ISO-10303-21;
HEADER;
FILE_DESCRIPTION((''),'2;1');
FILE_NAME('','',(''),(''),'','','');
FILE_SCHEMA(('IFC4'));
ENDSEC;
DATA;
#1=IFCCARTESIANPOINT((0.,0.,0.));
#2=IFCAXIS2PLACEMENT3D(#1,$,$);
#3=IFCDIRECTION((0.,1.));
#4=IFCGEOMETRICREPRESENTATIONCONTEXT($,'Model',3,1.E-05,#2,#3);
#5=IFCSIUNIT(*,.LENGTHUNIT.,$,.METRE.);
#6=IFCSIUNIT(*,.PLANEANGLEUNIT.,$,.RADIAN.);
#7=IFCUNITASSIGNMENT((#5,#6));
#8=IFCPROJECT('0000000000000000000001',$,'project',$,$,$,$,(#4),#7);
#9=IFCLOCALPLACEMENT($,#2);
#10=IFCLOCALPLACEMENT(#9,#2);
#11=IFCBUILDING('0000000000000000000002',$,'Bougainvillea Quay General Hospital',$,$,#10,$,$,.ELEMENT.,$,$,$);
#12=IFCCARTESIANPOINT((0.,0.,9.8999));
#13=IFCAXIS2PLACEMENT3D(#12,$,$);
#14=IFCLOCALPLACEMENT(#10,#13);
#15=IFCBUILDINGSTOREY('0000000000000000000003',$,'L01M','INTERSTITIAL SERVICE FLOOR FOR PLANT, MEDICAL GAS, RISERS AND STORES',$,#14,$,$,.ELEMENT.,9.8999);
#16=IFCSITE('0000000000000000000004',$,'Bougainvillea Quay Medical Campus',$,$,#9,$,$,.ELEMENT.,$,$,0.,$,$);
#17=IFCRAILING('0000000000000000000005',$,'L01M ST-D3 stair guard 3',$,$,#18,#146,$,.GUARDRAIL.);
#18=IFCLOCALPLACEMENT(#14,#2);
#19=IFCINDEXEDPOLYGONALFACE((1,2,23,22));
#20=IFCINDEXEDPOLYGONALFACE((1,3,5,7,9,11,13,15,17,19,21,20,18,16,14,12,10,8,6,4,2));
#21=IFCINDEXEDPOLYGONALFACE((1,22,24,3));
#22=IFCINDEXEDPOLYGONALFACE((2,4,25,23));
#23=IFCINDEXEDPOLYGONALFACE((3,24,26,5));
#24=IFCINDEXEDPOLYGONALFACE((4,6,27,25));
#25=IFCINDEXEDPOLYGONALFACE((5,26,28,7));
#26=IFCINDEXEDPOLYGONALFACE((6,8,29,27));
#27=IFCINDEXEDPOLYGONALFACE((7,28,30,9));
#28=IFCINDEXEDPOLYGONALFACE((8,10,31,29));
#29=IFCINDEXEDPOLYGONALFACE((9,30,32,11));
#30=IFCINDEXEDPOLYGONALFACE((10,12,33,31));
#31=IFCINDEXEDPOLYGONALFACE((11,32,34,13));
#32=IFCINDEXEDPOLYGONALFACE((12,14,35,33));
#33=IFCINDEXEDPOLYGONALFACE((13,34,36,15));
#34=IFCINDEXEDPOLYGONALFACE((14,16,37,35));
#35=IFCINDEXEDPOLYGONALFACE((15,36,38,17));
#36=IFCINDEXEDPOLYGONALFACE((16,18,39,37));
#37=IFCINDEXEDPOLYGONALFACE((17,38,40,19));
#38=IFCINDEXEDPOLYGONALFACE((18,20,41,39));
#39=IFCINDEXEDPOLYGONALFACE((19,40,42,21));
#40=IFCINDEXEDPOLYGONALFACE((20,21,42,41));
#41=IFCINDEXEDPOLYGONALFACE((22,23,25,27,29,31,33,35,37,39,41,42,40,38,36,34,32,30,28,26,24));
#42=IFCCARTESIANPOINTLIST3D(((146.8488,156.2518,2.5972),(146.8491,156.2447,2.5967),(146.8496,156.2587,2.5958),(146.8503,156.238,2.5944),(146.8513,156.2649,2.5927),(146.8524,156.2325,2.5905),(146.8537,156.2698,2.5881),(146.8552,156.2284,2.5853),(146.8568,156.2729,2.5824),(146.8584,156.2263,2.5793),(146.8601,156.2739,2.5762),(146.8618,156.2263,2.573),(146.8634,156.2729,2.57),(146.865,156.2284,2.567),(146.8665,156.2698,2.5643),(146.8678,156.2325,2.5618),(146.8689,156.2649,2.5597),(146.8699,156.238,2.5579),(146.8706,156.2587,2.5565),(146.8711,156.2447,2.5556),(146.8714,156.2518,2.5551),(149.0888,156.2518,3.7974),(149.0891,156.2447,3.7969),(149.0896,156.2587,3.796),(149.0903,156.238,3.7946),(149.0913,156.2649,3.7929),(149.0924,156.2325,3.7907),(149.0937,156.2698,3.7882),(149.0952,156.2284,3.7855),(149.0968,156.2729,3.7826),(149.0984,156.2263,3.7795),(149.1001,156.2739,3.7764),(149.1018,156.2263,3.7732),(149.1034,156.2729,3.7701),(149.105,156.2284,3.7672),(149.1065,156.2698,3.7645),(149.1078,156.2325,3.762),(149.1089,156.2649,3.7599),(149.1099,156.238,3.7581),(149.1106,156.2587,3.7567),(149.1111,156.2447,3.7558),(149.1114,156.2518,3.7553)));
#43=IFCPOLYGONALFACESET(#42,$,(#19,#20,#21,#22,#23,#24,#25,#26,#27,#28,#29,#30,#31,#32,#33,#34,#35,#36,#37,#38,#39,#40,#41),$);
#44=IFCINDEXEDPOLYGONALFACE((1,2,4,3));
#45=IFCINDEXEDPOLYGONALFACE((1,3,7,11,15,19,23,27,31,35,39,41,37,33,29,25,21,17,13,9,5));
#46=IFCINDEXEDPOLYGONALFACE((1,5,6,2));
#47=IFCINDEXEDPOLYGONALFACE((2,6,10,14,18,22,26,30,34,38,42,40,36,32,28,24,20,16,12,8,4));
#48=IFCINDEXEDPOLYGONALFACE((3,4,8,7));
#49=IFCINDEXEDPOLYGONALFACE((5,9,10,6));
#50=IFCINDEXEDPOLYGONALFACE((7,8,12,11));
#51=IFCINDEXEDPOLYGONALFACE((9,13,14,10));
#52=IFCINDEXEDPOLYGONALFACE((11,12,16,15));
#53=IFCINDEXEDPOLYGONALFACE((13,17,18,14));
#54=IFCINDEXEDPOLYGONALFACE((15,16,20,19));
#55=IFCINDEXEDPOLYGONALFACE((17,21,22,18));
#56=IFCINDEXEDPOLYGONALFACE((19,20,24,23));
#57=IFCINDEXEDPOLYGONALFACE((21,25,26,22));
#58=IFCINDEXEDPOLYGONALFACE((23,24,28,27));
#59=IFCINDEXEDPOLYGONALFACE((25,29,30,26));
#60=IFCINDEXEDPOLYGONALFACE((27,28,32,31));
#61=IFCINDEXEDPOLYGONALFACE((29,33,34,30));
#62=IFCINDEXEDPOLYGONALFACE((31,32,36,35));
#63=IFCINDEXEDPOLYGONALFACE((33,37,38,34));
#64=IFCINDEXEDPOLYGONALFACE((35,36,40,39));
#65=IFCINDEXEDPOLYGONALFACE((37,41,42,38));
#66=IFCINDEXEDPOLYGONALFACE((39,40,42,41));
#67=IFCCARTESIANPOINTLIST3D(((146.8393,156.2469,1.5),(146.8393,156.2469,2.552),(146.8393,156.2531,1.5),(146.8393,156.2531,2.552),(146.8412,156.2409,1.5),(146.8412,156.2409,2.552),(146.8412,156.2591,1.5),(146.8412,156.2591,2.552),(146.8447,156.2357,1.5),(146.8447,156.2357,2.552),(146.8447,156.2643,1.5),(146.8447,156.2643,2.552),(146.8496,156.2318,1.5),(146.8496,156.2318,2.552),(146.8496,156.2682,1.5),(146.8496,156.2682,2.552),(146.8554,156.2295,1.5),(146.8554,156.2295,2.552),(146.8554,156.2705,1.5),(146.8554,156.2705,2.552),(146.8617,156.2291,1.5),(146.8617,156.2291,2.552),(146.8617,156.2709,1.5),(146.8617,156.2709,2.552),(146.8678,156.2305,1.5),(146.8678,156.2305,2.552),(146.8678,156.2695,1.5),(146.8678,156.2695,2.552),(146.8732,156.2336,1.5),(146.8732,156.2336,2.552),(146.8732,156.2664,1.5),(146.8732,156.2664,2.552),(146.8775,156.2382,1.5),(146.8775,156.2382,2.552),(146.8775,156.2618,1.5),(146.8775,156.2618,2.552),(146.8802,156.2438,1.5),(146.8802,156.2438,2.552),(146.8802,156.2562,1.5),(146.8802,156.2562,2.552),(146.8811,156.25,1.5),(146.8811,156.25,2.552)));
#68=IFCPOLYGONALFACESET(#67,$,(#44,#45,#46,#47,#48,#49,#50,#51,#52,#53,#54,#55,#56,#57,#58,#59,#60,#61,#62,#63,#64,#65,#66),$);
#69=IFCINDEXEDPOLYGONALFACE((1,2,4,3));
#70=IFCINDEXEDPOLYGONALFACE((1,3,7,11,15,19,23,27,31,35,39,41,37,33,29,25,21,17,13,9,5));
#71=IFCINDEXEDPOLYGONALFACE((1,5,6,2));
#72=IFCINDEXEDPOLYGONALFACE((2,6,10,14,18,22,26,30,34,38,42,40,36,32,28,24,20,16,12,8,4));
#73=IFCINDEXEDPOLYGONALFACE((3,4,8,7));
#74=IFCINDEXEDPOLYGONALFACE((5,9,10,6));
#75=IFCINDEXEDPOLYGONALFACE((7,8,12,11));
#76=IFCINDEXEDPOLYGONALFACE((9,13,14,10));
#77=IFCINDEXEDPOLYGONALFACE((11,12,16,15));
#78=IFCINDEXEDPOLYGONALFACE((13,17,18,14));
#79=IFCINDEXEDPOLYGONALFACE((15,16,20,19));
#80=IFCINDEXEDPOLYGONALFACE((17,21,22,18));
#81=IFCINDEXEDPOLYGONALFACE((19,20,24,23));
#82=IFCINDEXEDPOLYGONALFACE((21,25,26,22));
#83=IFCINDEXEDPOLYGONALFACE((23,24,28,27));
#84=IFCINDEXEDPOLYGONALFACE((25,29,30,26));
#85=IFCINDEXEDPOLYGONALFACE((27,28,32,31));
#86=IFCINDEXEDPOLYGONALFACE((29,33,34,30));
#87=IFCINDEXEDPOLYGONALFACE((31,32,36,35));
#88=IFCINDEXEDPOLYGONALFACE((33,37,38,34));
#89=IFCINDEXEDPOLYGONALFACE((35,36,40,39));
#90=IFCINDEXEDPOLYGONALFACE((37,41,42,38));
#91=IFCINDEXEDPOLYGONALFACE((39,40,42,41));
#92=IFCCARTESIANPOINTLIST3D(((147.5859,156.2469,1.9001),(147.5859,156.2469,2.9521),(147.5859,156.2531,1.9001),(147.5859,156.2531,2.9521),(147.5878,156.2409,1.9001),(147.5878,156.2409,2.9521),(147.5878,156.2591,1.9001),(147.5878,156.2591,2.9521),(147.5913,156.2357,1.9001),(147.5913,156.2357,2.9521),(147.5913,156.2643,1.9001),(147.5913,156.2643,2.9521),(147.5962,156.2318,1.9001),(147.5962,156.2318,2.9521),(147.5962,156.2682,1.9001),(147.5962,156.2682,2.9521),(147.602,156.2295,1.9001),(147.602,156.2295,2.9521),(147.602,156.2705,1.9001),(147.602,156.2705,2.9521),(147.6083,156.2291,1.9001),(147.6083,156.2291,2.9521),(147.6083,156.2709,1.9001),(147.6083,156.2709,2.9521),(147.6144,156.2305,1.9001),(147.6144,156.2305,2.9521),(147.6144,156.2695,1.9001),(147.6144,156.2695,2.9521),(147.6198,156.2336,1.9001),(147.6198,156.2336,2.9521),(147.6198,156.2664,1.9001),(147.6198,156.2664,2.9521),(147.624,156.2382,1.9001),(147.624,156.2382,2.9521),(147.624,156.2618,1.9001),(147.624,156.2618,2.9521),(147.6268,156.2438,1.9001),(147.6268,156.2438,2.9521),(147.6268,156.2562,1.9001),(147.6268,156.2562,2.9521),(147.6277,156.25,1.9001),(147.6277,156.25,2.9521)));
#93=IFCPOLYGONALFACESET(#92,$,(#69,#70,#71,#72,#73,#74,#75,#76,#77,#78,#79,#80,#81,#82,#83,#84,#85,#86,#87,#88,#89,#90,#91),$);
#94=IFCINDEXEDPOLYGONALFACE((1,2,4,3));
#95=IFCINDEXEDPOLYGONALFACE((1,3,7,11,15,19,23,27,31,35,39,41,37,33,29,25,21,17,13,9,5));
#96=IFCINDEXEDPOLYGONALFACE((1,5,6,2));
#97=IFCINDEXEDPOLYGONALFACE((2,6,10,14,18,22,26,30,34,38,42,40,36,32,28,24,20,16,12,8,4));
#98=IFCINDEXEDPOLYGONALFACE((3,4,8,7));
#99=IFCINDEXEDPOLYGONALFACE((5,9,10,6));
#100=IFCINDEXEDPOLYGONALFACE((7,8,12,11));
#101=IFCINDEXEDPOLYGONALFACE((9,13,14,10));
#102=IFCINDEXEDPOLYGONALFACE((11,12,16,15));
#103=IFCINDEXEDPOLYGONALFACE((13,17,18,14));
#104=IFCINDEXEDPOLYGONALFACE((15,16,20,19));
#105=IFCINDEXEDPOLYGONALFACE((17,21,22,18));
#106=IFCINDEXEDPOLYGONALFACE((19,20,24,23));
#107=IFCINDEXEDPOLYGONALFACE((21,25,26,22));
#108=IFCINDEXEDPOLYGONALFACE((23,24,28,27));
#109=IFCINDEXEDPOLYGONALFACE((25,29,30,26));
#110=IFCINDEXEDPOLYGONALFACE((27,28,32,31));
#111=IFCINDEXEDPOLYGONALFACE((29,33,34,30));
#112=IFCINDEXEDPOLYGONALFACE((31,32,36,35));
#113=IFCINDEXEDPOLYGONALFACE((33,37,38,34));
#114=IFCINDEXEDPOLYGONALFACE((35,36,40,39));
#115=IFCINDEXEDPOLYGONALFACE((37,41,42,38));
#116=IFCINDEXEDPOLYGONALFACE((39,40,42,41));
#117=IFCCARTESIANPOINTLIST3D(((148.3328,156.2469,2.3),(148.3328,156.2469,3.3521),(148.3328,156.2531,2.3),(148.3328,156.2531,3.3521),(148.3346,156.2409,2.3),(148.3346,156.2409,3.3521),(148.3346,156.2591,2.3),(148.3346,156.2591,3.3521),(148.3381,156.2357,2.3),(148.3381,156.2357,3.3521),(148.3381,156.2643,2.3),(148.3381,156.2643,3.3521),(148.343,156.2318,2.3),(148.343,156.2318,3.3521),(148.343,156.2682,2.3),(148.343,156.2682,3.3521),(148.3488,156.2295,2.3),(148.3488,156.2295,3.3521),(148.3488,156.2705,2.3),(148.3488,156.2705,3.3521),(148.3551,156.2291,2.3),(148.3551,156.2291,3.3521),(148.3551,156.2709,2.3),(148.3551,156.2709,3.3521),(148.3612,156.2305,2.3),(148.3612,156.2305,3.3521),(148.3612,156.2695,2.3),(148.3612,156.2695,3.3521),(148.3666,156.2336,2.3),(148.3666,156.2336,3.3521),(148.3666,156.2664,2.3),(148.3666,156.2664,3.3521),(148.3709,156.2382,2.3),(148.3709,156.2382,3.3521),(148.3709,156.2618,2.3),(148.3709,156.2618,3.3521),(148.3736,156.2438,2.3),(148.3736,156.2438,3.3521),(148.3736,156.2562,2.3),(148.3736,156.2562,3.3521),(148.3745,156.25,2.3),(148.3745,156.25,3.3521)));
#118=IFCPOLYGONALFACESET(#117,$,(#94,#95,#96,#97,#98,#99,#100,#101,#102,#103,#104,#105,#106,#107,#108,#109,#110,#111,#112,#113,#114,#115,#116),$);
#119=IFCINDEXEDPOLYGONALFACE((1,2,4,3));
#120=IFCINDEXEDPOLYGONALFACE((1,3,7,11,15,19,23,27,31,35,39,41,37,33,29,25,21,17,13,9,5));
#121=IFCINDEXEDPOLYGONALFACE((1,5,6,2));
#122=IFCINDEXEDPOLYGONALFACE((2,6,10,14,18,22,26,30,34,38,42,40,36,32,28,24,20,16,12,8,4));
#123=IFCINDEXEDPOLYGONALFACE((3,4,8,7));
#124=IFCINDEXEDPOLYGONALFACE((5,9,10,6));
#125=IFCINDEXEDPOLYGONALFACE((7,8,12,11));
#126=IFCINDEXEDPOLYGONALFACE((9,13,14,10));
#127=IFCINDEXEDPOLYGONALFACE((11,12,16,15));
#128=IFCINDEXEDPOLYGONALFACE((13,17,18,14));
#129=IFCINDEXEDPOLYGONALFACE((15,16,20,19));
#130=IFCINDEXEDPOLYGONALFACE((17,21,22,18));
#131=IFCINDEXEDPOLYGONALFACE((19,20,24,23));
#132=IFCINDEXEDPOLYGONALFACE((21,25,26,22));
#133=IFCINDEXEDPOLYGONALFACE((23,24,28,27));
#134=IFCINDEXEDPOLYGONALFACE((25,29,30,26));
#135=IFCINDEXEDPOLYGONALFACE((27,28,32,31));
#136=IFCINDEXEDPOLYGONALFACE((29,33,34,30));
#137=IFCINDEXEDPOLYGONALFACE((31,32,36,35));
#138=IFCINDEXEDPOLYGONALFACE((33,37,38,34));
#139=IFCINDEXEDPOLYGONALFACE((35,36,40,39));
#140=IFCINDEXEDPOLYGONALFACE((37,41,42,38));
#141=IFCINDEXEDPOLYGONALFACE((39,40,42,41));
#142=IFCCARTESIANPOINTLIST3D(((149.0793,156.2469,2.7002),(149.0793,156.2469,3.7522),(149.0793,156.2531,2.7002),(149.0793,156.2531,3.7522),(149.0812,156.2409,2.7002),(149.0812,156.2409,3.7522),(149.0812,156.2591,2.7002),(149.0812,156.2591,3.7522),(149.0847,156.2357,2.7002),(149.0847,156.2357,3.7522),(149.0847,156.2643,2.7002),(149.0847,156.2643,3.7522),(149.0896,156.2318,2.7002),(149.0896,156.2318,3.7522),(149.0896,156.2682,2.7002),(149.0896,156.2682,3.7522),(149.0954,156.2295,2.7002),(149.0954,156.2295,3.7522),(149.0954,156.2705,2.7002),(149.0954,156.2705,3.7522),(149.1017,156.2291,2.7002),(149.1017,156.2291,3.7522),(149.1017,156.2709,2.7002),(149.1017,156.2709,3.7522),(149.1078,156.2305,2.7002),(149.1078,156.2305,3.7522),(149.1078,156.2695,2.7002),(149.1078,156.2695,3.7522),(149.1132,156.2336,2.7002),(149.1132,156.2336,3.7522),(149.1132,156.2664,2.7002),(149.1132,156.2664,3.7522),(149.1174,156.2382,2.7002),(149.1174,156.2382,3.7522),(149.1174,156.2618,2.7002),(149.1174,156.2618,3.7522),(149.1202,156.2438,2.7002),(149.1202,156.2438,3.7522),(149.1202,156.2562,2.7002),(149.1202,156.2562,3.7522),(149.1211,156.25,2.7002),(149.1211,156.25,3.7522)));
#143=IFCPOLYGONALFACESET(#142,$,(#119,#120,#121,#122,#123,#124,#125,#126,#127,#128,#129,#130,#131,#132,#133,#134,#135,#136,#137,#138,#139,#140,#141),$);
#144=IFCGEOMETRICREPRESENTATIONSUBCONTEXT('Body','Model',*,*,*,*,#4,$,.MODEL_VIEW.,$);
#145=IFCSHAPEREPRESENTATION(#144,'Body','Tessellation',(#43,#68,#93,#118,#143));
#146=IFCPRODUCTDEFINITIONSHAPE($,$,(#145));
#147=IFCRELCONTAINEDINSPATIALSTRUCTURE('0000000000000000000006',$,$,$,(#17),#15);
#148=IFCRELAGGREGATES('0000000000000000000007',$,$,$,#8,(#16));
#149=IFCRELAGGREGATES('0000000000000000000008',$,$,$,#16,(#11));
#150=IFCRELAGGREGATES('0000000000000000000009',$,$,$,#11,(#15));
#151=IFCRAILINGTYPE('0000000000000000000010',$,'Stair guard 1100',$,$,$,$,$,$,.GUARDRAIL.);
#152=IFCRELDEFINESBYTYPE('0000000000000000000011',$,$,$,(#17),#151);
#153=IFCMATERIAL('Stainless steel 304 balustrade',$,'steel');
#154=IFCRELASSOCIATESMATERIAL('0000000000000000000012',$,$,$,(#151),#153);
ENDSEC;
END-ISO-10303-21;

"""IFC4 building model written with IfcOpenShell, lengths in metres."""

from ifc_helpers import new_model, si_unit, direction, frame, origin, origin_2d, place, context, subcontext, project, spatial, circle, extrude, material, type_object, element, save


model = new_model("IFC4")

# Units and contexts
model_context = context("Model", 3, precision=1e-05, world=origin(), true_north=direction((0.0, 1.0)))
body_context = subcontext(model_context, "Body", "Model", "MODEL_VIEW")
ifc_project = project(units=[si_unit("LENGTHUNIT", "METRE"), si_unit("PLANEANGLEUNIT", "RADIAN")], contexts=[model_context])

# Site, building, storey
site_placement = place(None, origin())
site = spatial("IfcSite", under=ifc_project, at=site_placement, Name="Bougainvillea Quay Medical Campus", CompositionType="ELEMENT", RefElevation=0.0)
building_placement = place(site_placement, origin())
building = spatial("IfcBuilding", under=site, at=building_placement, Name="Bougainvillea Quay General Hospital", CompositionType="ELEMENT")
storey_placement = place(building_placement, frame((0.0, 0.0, 9.8999)))
storey = spatial("IfcBuildingStorey", under=building, at=storey_placement, Name="L01M", Description="INTERSTITIAL SERVICE FLOOR FOR PLANT, MEDICAL GAS, RISERS AND STORES", CompositionType="ELEMENT", Elevation=9.8999)

# Railing
ifc_material_1 = material(Name="Stainless steel 304 balustrade", Category="steel")
railing_type_1 = type_object("IfcRailingType", Name="Stair guard 1100", PredefinedType="GUARDRAIL", material=ifc_material_1)
railing_1_placement = place(storey_placement, frame((146.8601, 156.25, 1.5)))
element("IfcRailing", 1, at=railing_1_placement, inside=storey, type_object=railing_type_1, Name="L01M ST-D3 stair guard 3", PredefinedType="GUARDRAIL", context=body_context, shape_type="SweptSolid", body=[
    extrude(circle(Radius=0.0239, at=origin_2d()), frame((0.0, 0.0, 1.0762), z_axis=(0.881447, 0.0, 0.472283), x_axis=(0.0, 1.0, 0.0)), (0.0, 0.0, 1.0), 2.5413),
    extrude(circle(Radius=0.021, at=origin_2d()), origin(), (0.0, 0.0, 1.0), 1.052),
    extrude(circle(Radius=0.021, at=origin_2d()), frame((0.7466, 0.0, 0.4001)), (0.0, 0.0, 1.0), 1.052),
    extrude(circle(Radius=0.021, at=origin_2d()), frame((1.4934, 0.0, 0.8)), (0.0, 0.0, 1.0), 1.052),
    extrude(circle(Radius=0.021, at=origin_2d()), frame((2.24, 0.0, 1.2002)), (0.0, 0.0, 1.0), 1.052),
])

save(model, "model.ifc")
